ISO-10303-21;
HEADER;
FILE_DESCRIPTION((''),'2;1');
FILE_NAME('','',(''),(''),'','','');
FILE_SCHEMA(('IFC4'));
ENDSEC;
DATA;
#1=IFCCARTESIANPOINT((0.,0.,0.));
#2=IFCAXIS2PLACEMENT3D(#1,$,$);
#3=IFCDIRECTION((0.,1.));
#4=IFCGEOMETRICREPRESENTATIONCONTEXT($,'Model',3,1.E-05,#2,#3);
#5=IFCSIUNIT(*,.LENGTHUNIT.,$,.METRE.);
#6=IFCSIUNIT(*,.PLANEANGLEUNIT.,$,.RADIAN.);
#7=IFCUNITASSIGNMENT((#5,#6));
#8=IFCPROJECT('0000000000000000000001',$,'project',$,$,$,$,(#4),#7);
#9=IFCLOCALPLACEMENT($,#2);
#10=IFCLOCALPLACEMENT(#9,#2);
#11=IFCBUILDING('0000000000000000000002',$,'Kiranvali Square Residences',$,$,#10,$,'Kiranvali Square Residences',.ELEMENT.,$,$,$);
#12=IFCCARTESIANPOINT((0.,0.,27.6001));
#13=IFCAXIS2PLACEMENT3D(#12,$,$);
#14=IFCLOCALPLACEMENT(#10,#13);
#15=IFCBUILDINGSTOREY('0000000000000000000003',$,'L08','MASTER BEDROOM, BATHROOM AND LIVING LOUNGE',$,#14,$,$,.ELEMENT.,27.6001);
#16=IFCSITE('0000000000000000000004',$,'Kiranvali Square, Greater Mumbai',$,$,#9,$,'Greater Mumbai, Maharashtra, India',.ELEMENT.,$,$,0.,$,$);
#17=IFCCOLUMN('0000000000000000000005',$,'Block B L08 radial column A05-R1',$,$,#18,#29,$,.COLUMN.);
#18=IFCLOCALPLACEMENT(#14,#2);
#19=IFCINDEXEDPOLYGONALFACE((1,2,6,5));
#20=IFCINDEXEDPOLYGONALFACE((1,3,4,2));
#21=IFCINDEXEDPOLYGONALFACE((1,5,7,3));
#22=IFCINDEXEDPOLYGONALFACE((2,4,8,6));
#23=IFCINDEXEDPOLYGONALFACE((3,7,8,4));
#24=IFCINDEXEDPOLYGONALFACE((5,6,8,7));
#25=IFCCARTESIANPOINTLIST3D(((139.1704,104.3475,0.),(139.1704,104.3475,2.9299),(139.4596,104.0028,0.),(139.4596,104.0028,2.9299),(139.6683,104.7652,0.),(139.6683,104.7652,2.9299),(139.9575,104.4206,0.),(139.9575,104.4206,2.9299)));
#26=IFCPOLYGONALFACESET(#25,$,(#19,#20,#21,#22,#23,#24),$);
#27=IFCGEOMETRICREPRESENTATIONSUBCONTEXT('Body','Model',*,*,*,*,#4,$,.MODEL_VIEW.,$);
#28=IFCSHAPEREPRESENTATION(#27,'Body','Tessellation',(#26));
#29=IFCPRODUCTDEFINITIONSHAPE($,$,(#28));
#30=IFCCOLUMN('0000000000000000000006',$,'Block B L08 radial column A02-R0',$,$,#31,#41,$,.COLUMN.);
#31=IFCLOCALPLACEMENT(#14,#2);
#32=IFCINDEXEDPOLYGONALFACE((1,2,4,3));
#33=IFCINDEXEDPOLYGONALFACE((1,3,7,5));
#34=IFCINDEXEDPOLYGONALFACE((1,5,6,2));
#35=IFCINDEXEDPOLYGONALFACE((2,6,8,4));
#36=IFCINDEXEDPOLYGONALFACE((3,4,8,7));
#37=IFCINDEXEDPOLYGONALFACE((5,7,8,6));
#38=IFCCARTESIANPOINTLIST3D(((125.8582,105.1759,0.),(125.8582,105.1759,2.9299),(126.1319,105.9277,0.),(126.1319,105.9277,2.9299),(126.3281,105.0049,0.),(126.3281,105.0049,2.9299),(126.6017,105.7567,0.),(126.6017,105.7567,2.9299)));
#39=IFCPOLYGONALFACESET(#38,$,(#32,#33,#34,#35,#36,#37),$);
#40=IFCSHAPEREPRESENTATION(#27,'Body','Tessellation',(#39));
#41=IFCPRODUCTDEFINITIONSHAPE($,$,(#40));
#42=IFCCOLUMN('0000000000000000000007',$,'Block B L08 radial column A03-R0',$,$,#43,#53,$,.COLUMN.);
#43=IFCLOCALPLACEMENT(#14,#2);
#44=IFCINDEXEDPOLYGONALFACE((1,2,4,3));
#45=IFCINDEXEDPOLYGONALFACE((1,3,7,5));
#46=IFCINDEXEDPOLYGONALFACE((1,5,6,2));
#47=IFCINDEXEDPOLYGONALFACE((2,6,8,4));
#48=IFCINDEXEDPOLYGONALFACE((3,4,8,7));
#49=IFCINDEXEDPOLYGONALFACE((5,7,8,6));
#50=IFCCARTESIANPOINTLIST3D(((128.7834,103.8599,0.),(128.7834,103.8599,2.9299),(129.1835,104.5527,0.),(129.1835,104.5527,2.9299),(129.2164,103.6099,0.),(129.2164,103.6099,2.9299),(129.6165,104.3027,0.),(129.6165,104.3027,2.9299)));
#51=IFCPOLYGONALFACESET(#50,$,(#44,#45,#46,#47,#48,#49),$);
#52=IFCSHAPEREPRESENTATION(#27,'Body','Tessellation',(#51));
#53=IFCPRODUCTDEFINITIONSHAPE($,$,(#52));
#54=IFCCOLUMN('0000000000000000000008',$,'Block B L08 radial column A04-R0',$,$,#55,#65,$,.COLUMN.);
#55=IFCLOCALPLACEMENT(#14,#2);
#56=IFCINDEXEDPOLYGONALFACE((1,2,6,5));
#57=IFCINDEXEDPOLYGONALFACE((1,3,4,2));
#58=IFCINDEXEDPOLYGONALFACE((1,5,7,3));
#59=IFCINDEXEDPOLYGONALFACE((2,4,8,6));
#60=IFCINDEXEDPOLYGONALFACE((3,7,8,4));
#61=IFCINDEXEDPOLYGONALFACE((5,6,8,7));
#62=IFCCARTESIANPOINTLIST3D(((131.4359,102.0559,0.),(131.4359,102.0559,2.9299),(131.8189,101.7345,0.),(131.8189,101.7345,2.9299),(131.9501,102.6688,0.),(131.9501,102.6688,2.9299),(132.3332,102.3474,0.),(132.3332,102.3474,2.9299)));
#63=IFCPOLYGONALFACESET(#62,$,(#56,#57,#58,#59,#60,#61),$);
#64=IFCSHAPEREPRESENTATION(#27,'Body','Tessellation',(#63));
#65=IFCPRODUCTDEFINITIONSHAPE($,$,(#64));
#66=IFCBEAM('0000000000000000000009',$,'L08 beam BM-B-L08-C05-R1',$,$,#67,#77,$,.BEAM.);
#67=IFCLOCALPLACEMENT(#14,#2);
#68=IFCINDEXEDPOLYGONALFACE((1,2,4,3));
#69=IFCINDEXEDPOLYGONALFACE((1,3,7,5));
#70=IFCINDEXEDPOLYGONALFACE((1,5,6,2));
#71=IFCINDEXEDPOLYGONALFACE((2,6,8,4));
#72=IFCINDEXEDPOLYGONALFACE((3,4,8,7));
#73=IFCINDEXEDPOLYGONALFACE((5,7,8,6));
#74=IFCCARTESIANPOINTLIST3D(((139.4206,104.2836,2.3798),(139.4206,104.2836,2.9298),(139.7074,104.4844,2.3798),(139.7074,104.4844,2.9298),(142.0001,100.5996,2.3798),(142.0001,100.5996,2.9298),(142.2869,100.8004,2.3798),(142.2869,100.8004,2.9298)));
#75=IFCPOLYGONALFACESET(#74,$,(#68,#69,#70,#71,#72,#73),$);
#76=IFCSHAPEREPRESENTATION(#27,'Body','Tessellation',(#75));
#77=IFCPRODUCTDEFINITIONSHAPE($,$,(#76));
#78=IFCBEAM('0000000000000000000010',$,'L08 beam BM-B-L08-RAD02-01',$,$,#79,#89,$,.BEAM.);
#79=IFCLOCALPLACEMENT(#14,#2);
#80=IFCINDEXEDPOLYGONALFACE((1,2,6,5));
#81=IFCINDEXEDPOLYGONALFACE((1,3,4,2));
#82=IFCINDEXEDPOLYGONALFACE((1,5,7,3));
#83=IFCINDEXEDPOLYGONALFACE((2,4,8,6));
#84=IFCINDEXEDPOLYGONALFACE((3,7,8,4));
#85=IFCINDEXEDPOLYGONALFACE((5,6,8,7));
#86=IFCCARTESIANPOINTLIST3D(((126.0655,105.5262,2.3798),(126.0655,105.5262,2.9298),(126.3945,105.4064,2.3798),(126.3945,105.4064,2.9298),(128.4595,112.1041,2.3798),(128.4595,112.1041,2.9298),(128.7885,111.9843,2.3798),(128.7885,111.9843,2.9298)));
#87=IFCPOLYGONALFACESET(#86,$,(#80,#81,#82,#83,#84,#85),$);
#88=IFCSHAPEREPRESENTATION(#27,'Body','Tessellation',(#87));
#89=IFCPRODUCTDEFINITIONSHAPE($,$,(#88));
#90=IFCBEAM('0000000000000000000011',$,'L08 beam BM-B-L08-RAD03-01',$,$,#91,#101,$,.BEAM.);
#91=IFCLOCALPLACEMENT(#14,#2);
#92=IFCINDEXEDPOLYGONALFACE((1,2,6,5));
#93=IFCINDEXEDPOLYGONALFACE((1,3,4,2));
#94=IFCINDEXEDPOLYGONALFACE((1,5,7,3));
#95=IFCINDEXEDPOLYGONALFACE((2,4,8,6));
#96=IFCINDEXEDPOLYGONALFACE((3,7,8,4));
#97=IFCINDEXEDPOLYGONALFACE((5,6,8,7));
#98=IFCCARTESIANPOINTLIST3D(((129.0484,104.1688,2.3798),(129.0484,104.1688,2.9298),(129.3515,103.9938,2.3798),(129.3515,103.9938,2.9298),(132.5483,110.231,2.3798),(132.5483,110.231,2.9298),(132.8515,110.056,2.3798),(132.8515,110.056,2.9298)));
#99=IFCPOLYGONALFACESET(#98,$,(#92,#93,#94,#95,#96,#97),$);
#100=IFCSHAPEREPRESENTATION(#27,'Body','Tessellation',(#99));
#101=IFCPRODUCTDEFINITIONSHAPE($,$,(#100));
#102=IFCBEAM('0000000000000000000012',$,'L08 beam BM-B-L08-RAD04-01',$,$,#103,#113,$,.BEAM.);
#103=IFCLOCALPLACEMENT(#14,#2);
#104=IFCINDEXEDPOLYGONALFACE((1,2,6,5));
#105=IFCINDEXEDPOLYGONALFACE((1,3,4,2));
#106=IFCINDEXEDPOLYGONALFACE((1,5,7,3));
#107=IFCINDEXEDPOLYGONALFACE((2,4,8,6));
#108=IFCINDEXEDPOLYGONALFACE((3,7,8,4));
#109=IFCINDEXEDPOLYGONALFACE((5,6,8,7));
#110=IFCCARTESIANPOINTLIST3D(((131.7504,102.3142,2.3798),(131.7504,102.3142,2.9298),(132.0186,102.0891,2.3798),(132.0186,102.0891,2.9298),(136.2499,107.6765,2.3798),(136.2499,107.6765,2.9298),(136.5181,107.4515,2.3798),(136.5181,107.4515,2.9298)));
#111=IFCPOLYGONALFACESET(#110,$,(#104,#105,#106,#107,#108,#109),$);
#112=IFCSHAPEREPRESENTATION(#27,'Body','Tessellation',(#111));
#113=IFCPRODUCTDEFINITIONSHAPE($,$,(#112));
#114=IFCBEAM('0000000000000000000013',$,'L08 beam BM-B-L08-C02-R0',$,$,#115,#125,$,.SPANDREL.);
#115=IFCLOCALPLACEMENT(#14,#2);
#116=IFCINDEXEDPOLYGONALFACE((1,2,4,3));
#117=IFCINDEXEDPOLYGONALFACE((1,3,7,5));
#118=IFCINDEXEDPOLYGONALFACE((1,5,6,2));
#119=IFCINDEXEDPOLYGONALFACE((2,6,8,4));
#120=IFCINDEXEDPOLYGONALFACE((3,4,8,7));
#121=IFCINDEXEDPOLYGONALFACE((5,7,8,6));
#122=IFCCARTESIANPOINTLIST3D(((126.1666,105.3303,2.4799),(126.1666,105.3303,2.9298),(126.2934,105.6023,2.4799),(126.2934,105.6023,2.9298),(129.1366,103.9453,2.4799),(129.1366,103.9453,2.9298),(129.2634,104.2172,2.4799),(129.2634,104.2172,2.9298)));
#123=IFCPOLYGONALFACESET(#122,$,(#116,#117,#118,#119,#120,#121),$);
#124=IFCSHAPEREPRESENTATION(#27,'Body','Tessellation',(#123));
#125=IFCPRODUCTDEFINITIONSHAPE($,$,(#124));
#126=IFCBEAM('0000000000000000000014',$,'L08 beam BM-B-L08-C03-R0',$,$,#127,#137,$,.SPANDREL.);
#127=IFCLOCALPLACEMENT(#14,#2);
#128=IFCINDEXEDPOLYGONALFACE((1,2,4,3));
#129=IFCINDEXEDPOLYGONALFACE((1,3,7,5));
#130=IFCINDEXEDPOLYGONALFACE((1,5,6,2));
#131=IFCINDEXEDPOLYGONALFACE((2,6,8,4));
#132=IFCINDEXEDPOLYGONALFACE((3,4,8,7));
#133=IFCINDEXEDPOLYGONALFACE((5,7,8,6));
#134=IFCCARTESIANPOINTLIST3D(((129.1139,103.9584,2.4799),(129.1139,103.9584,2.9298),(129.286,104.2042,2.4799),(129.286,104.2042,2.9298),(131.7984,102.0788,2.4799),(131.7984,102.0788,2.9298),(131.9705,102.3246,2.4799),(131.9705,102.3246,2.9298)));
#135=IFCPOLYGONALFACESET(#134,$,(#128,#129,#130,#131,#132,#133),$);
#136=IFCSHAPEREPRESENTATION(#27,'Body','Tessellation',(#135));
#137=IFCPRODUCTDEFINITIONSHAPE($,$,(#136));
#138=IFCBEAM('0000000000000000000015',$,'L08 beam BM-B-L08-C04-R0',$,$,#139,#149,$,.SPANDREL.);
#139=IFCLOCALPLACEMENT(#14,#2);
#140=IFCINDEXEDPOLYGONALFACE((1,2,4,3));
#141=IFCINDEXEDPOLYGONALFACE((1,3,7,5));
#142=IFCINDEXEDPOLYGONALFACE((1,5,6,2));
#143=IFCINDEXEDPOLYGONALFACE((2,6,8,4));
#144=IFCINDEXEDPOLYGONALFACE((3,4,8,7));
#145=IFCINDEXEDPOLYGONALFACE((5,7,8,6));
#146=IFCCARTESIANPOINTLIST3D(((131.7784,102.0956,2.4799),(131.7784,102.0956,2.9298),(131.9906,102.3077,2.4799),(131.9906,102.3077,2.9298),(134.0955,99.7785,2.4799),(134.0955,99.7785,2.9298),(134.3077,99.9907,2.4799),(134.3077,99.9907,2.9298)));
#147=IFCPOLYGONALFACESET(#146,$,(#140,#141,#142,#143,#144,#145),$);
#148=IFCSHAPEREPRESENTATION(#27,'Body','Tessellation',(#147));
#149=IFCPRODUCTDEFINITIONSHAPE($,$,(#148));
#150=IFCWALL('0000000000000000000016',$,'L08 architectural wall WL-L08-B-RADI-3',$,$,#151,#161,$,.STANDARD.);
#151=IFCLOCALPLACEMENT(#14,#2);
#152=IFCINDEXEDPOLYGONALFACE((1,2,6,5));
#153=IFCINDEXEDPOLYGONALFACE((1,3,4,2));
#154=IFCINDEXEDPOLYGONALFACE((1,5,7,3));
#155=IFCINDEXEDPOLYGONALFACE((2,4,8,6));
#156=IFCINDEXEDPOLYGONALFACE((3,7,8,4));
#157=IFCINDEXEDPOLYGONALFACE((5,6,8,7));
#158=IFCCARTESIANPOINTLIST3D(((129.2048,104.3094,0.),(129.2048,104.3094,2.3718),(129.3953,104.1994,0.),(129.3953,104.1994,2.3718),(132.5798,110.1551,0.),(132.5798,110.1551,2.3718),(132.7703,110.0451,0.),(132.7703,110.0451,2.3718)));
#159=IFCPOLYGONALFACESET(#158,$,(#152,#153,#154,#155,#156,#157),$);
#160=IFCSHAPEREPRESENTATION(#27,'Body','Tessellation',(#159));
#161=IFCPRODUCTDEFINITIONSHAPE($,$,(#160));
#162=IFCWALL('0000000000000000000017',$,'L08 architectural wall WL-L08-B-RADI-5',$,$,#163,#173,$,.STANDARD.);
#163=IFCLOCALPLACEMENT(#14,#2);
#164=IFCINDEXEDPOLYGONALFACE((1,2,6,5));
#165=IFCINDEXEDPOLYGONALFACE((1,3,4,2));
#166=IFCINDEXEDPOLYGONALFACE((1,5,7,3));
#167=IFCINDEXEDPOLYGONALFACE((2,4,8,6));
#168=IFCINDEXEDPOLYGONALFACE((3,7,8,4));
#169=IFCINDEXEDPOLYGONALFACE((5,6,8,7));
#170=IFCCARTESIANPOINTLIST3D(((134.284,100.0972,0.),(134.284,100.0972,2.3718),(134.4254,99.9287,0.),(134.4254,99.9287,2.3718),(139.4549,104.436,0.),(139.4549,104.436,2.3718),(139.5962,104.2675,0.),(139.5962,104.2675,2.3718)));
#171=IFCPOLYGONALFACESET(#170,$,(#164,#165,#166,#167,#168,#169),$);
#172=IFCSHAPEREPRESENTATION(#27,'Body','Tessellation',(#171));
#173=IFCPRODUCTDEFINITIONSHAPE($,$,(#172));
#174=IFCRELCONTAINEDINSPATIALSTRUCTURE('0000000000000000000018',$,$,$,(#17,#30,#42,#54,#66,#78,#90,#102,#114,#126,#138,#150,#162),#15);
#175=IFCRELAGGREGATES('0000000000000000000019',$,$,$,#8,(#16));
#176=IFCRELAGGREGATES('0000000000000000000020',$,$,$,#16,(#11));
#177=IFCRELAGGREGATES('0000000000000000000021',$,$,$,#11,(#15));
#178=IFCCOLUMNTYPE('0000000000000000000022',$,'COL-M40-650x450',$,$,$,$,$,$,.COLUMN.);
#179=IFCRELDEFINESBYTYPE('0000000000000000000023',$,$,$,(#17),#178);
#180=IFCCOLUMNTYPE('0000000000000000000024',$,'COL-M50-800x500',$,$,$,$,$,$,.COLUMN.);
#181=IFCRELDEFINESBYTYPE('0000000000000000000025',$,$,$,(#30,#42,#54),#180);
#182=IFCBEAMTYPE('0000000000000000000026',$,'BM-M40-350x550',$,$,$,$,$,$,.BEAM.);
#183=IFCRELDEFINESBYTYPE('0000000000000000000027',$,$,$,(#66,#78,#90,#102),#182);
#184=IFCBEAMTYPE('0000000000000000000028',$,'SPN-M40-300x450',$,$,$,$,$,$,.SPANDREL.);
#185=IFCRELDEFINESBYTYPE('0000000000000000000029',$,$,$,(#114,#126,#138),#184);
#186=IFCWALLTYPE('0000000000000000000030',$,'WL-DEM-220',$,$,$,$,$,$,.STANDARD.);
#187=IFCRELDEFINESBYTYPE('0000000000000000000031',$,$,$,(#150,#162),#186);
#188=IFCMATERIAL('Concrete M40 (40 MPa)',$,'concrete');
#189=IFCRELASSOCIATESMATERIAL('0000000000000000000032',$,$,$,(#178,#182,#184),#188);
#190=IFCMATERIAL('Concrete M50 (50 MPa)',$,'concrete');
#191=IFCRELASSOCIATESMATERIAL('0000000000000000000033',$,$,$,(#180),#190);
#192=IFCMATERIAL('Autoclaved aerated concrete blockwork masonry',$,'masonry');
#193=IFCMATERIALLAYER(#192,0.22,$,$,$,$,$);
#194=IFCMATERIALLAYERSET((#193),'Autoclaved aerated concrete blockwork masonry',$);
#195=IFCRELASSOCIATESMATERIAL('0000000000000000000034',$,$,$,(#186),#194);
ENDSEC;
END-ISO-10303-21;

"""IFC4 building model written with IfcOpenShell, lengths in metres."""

from ifc_helpers import new_model, si_unit, direction, frame, frame_2d, origin, origin_2d, place, context, subcontext, project, spatial, rectangle, extrude, material, layer, layer_set, material_profile, profile_set, type_object, element, save


model = new_model("IFC4")

# Units and contexts
model_context = context("Model", 3, precision=1e-05, world=origin(), true_north=direction((0.0, 1.0)))
body_context = subcontext(model_context, "Body", "Model", "MODEL_VIEW")
ifc_project = project(units=[si_unit("LENGTHUNIT", "METRE"), si_unit("PLANEANGLEUNIT", "RADIAN")], contexts=[model_context])

# Site, building, storey
site_placement = place(None, origin())
site = spatial("IfcSite", under=ifc_project, at=site_placement, Name="Kiranvali Square, Greater Mumbai", LongName="Greater Mumbai, Maharashtra, India", CompositionType="ELEMENT", RefElevation=0.0)
building_placement = place(site_placement, origin())
building = spatial("IfcBuilding", under=site, at=building_placement, Name="Kiranvali Square Residences", LongName="Kiranvali Square Residences", CompositionType="ELEMENT")
storey_placement = place(building_placement, frame((0.0, 0.0, 27.6001)))
storey = spatial("IfcBuildingStorey", under=building, at=storey_placement, Name="L08", Description="MASTER BEDROOM, BATHROOM AND LIVING LOUNGE", CompositionType="ELEMENT", Elevation=27.6001)

# Columns
ifc_material_1 = material(Name="Concrete M40 (40 MPa)", Category="concrete")
ifc_material_profile_1 = material_profile(ifc_material_1, rectangle(XDim=0.45, YDim=0.6499, at=origin_2d()), Name="RC 650x450")
ifc_profile_set_1 = profile_set([ifc_material_profile_1], Name="Concrete M40 (40 MPa)")
column_type_1 = type_object("IfcColumnType", Name="COL-M40-650x450", PredefinedType="COLUMN", material=ifc_profile_set_1)
column_placement = place(storey_placement, frame((139.564, 104.384, 0.0), z_axis=(0.0, 0.0, 1.0), x_axis=(-0.642788, 0.766044, 0.0)))
element("IfcColumn", 1, at=column_placement, inside=storey, type_object=column_type_1, Name="Block B L08 radial column A05-R1", PredefinedType="COLUMN", context=body_context, shape_type="SweptSolid", body=[
    extrude(rectangle(XDim=0.45, YDim=0.6499, at=origin_2d()), origin(), (0.0, 0.0, 1.0), 2.9299),
])
ifc_material_2 = material(Name="Concrete M50 (50 MPa)", Category="concrete")
ifc_material_profile_2 = material_profile(ifc_material_2, rectangle(XDim=0.5, YDim=0.8, at=origin_2d()), Name="RC 800x500")
ifc_profile_set_2 = profile_set([ifc_material_profile_2], Name="Concrete M50 (50 MPa)")
column_type_2 = type_object("IfcColumnType", Name="COL-M50-800x500", PredefinedType="COLUMN", material=ifc_profile_set_2)
for number, where, z_axis, x_axis, name in (
    (2, (126.23, 105.4663, 0.0), (0.0, 0.0, 1.0), (-0.939693, 0.34202, 0.0), "Block B L08 radial column A02-R0"),
    (3, (129.2, 104.0813, 0.0), (0.0, 0.0, 1.0), (-0.866025, 0.5, 0.0), "Block B L08 radial column A03-R0"),
    (4, (131.8845, 102.2017, 0.0), (0.0, 0.0, 1.0), (-0.766044, 0.642788, 0.0), "Block B L08 radial column A04-R0"),
):
    element("IfcColumn", number, at=place(storey_placement, frame(where, z_axis=z_axis, x_axis=x_axis)), inside=storey, type_object=column_type_2, Name=name, PredefinedType="COLUMN", context=body_context, shape_type="SweptSolid", body=[
        extrude(rectangle(XDim=0.5, YDim=0.8, at=origin_2d()), origin(), (0.0, 0.0, 1.0), 2.9299),
    ])

# Beams
ifc_material_profile_3 = material_profile(ifc_material_1, rectangle(XDim=0.3501, YDim=0.55, at=origin_2d()), Name="RC 350x550")
ifc_profile_set_3 = profile_set([ifc_material_profile_3], Name="Concrete M40 (40 MPa)")
beam_type_1 = type_object("IfcBeamType", Name="BM-M40-350x550", PredefinedType="BEAM", material=ifc_profile_set_3)
beam_1_placement = place(storey_placement, frame((139.564, 104.384, 2.6548), z_axis=(0.573572, -0.819155, 0.0), x_axis=(0.819155, 0.573572, 0.0)))
element("IfcBeam", 5, at=beam_1_placement, inside=storey, type_object=beam_type_1, Name="L08 beam BM-B-L08-C05-R1", PredefinedType="BEAM", context=body_context, shape_type="SweptSolid", body=[
    extrude(rectangle(XDim=0.3501, YDim=0.55, at=origin_2d()), origin(), (0.0, 0.0, 1.0), 4.4973),
])
for number, where, z_axis, x_axis, name in (
    (6, (126.23, 105.4663, 2.6548), (0.342006, 0.939698, 0.0), (-0.939698, 0.342006, 0.0), "L08 beam BM-B-L08-RAD02-01"),
    (7, (129.2, 104.0813, 2.6548), (0.499995, 0.866028, 0.0), (-0.866028, 0.499995, 0.0), "L08 beam BM-B-L08-RAD03-01"),
    (8, (131.8845, 102.2017, 2.6548), (0.642788, 0.766044, 0.0), (-0.766044, 0.642788, 0.0), "L08 beam BM-B-L08-RAD04-01"),
):
    element("IfcBeam", number, at=place(storey_placement, frame(where, z_axis=z_axis, x_axis=x_axis)), inside=storey, type_object=beam_type_1, Name=name, PredefinedType="BEAM", context=body_context, shape_type="SweptSolid", body=[
        extrude(rectangle(XDim=0.3501, YDim=0.55, at=origin_2d()), origin(), (0.0, 0.0, 1.0), 7.0),
    ])
ifc_material_profile_4 = material_profile(ifc_material_1, rectangle(XDim=0.3, YDim=0.45, at=origin_2d()), Name="RC 300x450")
ifc_profile_set_4 = profile_set([ifc_material_profile_4], Name="Concrete M40 (40 MPa)")
beam_type_2 = type_object("IfcBeamType", Name="SPN-M40-300x450", PredefinedType="SPANDREL", material=ifc_profile_set_4)
for number, where, z_axis, x_axis, name in (
    (9, (126.23, 105.4663, 2.7048), (0.906297, -0.422641, 0.0), (0.422641, 0.906297, 0.0), "L08 beam BM-B-L08-C02-R0"),
    (10, (129.2, 104.0813, 2.7048), (0.819169, -0.573552, 0.0), (0.573552, 0.819169, 0.0), "L08 beam BM-B-L08-C03-R0"),
):
    element("IfcBeam", number, at=place(storey_placement, frame(where, z_axis=z_axis, x_axis=x_axis)), inside=storey, type_object=beam_type_2, Name=name, PredefinedType="SPANDREL", context=body_context, shape_type="SweptSolid", body=[
        extrude(rectangle(XDim=0.3, YDim=0.45, at=origin_2d()), origin(), (0.0, 0.0, 1.0), 3.2771),
    ])
beam_2_placement = place(storey_placement, frame((131.8845, 102.2017, 2.7048), z_axis=(0.707107, -0.707107, 0.0), x_axis=(0.707107, 0.707107, 0.0)))
element("IfcBeam", 11, at=beam_2_placement, inside=storey, type_object=beam_type_2, Name="L08 beam BM-B-L08-C04-R0", PredefinedType="SPANDREL", context=body_context, shape_type="SweptSolid", body=[
    extrude(rectangle(XDim=0.3, YDim=0.45, at=origin_2d()), origin(), (0.0, 0.0, 1.0), 3.2769),
])

# Walls
ifc_material_3 = material(Name="Autoclaved aerated concrete blockwork masonry", Category="masonry")
ifc_layer_1 = layer(ifc_material_3, 0.22)
ifc_layer_set_1 = layer_set([ifc_layer_1], Name="Autoclaved aerated concrete blockwork masonry")
wall_type_1 = type_object("IfcWallType", Name="WL-DEM-220", PredefinedType="STANDARD", material=ifc_layer_set_1)
for number, where, z_axis, x_axis, name in (
    (12, (129.3, 104.2544, 0.0), (0.0, 0.0, 1.0), (0.499998, 0.866027, 0.0), "L08 architectural wall WL-L08-B-RADI-3"),
    (13, (134.3547, 100.0129, 0.0), (0.0, 0.0, 1.0), (0.766047, 0.642785, 0.0), "L08 architectural wall WL-L08-B-RADI-5"),
):
    element("IfcWall", number, at=place(storey_placement, frame(where, z_axis=z_axis, x_axis=x_axis)), inside=storey, type_object=wall_type_1, Name=name, PredefinedType="STANDARD", context=body_context, shape_type="SweptSolid", body=[
        extrude(rectangle(XDim=6.75, YDim=0.22, at=frame_2d((3.375, 0.0))), origin(), (0.0, 0.0, 1.0), 2.3718),
    ])

save(model, "model.ifc")
